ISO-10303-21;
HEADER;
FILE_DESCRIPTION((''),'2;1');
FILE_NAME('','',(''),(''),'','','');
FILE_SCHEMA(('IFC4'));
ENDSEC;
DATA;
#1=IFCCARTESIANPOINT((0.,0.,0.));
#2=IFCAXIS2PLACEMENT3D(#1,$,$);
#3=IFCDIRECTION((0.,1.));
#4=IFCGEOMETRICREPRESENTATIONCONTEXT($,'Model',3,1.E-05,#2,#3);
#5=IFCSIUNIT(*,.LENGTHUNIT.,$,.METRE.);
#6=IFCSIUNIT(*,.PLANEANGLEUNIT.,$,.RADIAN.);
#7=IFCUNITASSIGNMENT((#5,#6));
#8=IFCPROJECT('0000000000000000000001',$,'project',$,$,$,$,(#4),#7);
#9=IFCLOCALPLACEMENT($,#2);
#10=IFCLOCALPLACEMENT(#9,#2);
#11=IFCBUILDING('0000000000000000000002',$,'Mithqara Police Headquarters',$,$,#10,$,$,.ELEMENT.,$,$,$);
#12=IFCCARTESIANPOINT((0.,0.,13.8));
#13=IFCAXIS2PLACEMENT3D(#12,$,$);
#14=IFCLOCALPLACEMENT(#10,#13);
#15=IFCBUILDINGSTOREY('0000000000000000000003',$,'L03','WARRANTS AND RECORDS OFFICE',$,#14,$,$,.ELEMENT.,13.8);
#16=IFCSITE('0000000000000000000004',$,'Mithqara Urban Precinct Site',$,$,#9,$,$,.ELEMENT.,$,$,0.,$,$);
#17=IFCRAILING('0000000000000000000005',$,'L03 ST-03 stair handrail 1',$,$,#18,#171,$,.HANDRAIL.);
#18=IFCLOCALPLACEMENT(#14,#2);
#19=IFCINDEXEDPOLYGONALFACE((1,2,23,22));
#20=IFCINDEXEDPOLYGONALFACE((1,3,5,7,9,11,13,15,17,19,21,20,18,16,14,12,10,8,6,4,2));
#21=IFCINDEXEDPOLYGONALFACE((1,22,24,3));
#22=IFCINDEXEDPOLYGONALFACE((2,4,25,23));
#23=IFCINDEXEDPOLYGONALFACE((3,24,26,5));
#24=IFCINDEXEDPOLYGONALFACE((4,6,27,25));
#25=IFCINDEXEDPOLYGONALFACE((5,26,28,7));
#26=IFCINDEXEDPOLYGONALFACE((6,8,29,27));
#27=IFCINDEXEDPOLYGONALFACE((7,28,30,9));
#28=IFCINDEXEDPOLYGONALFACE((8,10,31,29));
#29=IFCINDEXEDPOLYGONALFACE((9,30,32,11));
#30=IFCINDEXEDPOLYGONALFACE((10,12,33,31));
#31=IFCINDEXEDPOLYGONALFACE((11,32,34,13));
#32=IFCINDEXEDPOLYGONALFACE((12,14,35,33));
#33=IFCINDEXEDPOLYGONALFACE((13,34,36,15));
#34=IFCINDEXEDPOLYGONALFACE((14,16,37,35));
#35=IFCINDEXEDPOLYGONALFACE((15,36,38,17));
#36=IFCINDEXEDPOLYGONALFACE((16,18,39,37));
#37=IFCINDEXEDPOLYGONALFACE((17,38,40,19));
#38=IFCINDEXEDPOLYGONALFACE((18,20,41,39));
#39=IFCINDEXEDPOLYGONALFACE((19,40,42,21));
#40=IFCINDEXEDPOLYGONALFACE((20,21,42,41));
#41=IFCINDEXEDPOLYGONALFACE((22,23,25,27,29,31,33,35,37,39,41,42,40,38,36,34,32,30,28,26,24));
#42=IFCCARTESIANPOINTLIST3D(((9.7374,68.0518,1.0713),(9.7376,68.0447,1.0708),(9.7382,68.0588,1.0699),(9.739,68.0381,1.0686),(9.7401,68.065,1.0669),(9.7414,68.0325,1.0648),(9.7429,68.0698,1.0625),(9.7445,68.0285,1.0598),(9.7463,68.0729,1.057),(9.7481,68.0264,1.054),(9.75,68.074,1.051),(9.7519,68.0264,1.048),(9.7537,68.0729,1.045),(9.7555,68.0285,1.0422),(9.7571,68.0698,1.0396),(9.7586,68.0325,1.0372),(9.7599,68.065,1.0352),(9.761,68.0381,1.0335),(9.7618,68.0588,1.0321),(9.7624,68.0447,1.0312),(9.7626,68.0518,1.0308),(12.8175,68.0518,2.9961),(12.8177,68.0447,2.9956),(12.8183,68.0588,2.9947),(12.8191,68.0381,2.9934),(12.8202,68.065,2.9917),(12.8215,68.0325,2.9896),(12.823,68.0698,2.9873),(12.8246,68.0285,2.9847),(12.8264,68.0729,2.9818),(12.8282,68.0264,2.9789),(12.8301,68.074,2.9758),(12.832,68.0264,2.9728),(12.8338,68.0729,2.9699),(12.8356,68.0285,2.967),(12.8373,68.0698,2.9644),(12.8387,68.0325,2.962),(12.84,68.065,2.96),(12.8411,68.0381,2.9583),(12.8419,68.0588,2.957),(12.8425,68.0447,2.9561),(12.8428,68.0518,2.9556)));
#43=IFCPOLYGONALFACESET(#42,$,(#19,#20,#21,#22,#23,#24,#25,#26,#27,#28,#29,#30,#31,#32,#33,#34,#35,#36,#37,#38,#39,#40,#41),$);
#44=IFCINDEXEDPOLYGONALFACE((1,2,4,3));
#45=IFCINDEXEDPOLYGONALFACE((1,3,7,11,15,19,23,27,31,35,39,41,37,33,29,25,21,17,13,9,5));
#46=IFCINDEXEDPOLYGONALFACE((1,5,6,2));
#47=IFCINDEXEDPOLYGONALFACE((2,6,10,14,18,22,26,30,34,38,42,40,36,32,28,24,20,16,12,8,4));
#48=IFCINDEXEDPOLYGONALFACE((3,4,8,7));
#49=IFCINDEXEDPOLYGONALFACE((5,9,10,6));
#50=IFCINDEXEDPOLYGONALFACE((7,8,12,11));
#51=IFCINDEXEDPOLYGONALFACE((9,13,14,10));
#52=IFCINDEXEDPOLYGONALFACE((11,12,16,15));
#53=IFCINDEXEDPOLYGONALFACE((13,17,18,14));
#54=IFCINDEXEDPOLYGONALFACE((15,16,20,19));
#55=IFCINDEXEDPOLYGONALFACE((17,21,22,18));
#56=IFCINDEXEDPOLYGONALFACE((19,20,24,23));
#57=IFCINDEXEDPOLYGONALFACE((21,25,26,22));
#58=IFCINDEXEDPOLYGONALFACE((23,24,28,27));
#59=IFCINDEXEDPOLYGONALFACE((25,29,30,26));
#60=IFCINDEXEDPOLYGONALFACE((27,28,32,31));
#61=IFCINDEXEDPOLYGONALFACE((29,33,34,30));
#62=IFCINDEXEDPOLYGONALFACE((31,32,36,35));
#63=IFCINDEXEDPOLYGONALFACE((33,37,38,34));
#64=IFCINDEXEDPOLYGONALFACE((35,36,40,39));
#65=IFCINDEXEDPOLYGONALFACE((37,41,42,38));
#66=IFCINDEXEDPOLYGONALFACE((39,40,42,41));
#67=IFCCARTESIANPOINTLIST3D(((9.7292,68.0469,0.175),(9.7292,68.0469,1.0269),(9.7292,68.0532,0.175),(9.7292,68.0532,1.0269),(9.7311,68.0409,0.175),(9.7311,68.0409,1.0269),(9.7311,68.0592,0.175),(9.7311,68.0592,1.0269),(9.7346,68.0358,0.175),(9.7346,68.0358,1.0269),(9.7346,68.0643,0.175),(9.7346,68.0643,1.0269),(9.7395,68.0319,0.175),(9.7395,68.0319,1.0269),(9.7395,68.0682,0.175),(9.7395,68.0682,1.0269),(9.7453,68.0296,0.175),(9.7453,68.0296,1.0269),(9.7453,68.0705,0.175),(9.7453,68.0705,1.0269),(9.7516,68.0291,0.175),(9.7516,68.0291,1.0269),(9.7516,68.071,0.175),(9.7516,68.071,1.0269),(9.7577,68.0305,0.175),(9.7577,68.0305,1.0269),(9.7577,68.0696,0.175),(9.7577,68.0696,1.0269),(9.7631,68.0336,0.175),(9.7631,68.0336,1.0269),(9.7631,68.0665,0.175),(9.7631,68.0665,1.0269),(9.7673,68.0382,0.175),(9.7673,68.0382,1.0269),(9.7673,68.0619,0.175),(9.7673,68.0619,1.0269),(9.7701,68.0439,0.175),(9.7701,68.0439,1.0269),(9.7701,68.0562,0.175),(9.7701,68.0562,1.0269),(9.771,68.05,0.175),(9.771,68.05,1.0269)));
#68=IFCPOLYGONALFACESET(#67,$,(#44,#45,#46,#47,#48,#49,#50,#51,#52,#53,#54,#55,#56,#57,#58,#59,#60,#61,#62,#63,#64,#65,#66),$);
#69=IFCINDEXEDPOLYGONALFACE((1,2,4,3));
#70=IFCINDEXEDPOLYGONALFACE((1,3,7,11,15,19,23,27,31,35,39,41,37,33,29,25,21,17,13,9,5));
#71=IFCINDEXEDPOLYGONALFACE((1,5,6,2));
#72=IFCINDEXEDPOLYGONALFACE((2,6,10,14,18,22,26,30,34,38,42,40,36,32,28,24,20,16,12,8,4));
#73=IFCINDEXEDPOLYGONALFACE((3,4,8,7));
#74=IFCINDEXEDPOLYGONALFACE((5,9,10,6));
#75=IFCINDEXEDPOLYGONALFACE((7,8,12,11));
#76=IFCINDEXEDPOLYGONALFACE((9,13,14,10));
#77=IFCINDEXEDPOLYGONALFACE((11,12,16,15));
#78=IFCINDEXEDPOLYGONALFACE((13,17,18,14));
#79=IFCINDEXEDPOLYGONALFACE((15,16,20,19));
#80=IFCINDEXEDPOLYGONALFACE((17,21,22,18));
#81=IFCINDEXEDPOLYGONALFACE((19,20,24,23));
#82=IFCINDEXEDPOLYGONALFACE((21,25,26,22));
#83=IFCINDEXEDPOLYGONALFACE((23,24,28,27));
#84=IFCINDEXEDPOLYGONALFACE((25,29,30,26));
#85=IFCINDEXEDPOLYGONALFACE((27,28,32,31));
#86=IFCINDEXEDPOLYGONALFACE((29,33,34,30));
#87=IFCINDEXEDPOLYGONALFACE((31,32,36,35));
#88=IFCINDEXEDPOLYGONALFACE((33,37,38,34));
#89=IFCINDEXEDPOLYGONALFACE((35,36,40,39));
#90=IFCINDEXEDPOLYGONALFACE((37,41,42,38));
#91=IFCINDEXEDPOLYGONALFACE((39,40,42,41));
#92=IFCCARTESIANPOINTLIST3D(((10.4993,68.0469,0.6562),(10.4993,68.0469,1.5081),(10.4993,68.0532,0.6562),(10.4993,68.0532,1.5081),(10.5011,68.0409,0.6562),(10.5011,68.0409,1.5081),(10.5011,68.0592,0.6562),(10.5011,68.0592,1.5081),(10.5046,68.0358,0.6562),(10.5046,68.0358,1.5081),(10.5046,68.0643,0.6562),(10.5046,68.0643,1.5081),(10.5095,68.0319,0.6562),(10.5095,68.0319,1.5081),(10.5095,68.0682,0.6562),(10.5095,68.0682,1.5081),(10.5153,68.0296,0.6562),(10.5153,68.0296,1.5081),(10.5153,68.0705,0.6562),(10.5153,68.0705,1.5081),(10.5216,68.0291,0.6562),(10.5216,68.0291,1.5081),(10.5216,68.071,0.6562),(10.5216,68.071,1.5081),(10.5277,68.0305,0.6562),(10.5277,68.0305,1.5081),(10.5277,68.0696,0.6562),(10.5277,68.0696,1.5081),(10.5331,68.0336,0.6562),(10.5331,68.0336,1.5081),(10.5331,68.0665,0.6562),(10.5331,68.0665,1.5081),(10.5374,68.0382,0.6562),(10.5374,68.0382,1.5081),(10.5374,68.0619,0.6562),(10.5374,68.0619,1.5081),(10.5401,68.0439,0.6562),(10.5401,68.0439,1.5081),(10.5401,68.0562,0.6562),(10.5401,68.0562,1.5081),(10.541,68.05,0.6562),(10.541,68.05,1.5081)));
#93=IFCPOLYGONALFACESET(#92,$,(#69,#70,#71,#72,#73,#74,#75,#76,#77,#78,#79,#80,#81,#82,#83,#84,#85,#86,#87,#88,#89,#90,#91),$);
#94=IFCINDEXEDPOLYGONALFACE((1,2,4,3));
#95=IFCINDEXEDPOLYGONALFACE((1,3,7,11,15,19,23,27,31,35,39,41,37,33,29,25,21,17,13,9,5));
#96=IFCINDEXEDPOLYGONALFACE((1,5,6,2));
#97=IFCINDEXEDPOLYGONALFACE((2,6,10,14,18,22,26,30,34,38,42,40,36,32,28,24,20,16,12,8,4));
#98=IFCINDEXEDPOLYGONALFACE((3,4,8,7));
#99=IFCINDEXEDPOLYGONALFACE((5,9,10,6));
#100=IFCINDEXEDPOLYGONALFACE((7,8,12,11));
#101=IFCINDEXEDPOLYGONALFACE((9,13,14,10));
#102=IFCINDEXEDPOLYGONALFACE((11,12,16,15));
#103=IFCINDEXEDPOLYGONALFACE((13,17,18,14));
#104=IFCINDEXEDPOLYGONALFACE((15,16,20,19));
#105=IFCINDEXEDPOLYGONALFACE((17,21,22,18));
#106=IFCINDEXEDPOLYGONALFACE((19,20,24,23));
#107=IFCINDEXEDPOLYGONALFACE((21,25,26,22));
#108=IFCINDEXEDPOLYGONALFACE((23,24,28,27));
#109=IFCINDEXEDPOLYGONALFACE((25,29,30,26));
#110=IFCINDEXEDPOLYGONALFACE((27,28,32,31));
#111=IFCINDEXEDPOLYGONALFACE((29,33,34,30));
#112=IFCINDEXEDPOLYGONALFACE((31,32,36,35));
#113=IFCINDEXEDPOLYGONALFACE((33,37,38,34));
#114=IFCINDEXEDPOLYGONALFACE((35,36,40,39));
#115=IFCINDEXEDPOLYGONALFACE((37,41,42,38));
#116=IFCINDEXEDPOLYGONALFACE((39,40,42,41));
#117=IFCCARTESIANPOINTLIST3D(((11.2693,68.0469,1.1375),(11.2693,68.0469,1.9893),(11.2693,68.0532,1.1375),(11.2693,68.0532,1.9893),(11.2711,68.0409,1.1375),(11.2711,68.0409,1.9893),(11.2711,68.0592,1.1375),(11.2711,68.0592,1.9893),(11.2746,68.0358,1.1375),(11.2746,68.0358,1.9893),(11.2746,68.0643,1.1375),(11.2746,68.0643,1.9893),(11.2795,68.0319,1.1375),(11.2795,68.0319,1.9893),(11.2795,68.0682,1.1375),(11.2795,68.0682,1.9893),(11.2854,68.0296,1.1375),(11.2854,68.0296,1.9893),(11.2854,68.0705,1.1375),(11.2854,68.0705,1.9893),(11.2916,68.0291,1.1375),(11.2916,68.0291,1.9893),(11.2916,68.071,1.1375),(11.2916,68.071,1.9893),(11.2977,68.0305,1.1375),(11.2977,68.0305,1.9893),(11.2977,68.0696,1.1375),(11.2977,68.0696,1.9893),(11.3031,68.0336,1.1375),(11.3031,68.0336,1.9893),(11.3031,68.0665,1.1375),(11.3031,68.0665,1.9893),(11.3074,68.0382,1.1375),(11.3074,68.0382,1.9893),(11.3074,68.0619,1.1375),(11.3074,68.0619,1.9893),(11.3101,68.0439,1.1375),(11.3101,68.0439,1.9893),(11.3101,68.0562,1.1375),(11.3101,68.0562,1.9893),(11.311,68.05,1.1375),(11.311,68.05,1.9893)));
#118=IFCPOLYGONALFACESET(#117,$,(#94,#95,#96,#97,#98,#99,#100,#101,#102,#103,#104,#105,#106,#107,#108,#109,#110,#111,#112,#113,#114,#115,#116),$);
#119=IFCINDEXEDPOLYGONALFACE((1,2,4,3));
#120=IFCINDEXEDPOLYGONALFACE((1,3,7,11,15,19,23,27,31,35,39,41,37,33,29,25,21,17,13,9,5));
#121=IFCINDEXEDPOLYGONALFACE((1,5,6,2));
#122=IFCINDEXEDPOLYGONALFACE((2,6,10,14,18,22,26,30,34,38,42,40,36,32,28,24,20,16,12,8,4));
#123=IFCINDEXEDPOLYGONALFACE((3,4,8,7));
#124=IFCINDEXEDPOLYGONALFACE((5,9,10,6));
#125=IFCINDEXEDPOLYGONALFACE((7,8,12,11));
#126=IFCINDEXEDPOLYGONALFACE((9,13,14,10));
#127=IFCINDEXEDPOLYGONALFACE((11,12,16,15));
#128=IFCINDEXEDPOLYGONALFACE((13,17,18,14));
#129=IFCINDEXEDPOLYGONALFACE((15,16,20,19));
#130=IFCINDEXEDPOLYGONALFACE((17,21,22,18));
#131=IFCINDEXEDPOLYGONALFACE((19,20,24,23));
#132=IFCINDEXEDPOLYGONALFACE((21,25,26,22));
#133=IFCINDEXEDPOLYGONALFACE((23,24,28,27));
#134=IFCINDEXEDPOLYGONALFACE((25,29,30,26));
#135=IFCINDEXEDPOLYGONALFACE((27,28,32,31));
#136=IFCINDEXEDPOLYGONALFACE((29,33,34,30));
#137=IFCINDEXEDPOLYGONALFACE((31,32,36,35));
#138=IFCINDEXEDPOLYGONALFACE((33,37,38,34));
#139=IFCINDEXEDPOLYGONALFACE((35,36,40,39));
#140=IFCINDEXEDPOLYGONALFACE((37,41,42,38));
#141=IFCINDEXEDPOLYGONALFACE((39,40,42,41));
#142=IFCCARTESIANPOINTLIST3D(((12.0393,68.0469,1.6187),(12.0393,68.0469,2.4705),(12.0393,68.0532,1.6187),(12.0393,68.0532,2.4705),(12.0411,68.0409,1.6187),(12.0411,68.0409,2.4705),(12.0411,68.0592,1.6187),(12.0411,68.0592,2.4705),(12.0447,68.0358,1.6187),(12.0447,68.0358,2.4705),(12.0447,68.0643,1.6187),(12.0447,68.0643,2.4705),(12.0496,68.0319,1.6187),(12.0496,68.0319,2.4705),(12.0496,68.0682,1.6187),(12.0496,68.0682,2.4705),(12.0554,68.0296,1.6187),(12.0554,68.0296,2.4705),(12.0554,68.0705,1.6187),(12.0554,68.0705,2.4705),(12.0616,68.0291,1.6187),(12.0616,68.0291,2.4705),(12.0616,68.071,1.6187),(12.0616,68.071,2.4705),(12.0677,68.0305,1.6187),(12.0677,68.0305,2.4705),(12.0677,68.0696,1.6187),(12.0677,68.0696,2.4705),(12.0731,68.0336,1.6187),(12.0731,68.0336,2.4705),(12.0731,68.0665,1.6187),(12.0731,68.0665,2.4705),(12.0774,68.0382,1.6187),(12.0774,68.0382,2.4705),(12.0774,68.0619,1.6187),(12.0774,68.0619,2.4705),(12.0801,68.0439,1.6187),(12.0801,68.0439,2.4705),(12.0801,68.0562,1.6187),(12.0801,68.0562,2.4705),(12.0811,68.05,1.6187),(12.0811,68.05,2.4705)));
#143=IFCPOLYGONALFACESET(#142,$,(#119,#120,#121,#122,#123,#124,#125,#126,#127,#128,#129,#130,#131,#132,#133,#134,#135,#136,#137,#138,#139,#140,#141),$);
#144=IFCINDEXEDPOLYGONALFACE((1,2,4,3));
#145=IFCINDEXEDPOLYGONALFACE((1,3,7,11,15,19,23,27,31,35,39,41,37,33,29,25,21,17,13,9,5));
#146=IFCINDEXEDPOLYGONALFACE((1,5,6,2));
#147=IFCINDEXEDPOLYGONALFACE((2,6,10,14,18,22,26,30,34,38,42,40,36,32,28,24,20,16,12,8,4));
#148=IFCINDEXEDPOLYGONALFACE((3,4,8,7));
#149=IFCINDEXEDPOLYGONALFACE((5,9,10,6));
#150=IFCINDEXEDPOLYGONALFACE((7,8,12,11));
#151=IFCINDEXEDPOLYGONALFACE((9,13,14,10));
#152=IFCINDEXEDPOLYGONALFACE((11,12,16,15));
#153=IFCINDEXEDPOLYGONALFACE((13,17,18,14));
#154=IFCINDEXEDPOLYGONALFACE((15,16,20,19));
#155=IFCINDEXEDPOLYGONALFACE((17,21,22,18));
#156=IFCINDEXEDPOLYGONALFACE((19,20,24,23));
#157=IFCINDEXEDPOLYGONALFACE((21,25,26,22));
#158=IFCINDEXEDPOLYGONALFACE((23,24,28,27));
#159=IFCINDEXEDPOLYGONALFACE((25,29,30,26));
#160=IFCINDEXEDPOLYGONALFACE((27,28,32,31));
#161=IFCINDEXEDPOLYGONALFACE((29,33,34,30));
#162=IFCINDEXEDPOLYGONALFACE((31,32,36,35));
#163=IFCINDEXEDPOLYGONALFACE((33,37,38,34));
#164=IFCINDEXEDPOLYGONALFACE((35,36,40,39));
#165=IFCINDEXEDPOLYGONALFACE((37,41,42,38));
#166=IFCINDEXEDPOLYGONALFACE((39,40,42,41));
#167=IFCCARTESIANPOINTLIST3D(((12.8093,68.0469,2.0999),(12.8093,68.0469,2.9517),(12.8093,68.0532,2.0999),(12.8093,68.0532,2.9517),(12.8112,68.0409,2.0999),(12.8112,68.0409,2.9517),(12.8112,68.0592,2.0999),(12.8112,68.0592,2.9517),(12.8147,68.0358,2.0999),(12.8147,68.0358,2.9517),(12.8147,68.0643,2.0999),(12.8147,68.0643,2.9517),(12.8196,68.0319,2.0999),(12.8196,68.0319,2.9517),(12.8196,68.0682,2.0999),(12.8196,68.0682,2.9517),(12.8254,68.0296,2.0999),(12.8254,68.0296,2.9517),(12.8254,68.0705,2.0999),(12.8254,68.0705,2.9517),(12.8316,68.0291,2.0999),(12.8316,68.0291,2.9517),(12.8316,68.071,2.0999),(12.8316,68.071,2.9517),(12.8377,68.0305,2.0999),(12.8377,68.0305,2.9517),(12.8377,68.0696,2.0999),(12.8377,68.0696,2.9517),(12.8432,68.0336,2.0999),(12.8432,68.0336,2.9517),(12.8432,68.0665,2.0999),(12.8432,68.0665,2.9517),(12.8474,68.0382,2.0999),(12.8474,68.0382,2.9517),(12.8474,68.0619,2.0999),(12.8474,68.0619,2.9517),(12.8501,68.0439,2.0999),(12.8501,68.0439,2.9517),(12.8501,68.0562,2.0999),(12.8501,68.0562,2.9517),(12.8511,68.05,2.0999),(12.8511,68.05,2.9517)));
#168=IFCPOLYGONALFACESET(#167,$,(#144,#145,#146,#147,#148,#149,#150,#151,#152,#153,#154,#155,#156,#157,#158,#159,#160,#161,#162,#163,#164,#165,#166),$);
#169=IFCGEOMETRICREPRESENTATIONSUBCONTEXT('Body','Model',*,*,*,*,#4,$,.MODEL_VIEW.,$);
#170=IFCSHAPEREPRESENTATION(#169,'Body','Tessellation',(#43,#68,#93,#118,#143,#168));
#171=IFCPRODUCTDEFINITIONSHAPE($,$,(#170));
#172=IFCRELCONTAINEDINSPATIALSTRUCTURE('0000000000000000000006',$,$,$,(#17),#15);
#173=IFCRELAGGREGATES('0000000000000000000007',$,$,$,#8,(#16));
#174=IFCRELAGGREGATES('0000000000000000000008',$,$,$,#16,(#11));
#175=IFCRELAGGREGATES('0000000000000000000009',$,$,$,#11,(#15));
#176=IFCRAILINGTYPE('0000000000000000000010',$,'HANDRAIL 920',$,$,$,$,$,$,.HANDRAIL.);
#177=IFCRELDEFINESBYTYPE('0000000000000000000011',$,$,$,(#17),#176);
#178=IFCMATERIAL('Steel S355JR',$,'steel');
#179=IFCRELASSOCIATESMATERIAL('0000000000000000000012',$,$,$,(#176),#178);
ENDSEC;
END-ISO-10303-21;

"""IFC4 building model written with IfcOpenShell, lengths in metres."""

from ifc_helpers import new_model, si_unit, direction, frame, origin, origin_2d, place, context, subcontext, project, spatial, circle, extrude, material, type_object, element, save


model = new_model("IFC4")

# Units and contexts
model_context = context("Model", 3, precision=1e-05, world=origin(), true_north=direction((0.0, 1.0)))
body_context = subcontext(model_context, "Body", "Model", "MODEL_VIEW")
ifc_project = project(units=[si_unit("LENGTHUNIT", "METRE"), si_unit("PLANEANGLEUNIT", "RADIAN")], contexts=[model_context])

# Site, building, storey
site_placement = place(None, origin())
site = spatial("IfcSite", under=ifc_project, at=site_placement, Name="Mithqara Urban Precinct Site", CompositionType="ELEMENT", RefElevation=0.0)
building_placement = place(site_placement, origin())
building = spatial("IfcBuilding", under=site, at=building_placement, Name="Mithqara Police Headquarters", CompositionType="ELEMENT")
storey_placement = place(building_placement, frame((0.0, 0.0, 13.8)))
storey = spatial("IfcBuildingStorey", under=building, at=storey_placement, Name="L03", Description="WARRANTS AND RECORDS OFFICE", CompositionType="ELEMENT", Elevation=13.8)

# Shared definitions
ifc_material_1 = material(Name="Steel S355JR", Category="steel")

# Railing
railing_type_1 = type_object("IfcRailingType", Name="HANDRAIL 920", PredefinedType="HANDRAIL", material=ifc_material_1)
railing_1_placement = place(storey_placement, frame((9.75, 68.05, 0.175)))
element("IfcRailing", 1, at=railing_1_placement, inside=storey, type_object=railing_type_1, Name="L03 ST-03 stair handrail 1", PredefinedType="HANDRAIL", context=body_context, shape_type="SweptSolid", body=[
    extrude(circle(Radius=0.0239, at=origin_2d()), frame((0.0, 0.0, 0.876), z_axis=(0.848029, 0.0, 0.529951), x_axis=(0.0, 1.0, 0.0)), (0.0, 0.0, 1.0), 3.6321),
    extrude(circle(Radius=0.021, at=origin_2d()), origin(), (0.0, 0.0, 1.0), 0.8518),
    extrude(circle(Radius=0.021, at=origin_2d()), frame((0.77, 0.0, 0.4812)), (0.0, 0.0, 1.0), 0.8518),
    extrude(circle(Radius=0.021, at=origin_2d()), frame((1.54, 0.0, 0.9624)), (0.0, 0.0, 1.0), 0.8518),
    extrude(circle(Radius=0.021, at=origin_2d()), frame((2.3101, 0.0, 1.4436)), (0.0, 0.0, 1.0), 0.8518),
    extrude(circle(Radius=0.021, at=origin_2d()), frame((3.0801, 0.0, 1.9248)), (0.0, 0.0, 1.0), 0.8518),
])

save(model, "model.ifc")
